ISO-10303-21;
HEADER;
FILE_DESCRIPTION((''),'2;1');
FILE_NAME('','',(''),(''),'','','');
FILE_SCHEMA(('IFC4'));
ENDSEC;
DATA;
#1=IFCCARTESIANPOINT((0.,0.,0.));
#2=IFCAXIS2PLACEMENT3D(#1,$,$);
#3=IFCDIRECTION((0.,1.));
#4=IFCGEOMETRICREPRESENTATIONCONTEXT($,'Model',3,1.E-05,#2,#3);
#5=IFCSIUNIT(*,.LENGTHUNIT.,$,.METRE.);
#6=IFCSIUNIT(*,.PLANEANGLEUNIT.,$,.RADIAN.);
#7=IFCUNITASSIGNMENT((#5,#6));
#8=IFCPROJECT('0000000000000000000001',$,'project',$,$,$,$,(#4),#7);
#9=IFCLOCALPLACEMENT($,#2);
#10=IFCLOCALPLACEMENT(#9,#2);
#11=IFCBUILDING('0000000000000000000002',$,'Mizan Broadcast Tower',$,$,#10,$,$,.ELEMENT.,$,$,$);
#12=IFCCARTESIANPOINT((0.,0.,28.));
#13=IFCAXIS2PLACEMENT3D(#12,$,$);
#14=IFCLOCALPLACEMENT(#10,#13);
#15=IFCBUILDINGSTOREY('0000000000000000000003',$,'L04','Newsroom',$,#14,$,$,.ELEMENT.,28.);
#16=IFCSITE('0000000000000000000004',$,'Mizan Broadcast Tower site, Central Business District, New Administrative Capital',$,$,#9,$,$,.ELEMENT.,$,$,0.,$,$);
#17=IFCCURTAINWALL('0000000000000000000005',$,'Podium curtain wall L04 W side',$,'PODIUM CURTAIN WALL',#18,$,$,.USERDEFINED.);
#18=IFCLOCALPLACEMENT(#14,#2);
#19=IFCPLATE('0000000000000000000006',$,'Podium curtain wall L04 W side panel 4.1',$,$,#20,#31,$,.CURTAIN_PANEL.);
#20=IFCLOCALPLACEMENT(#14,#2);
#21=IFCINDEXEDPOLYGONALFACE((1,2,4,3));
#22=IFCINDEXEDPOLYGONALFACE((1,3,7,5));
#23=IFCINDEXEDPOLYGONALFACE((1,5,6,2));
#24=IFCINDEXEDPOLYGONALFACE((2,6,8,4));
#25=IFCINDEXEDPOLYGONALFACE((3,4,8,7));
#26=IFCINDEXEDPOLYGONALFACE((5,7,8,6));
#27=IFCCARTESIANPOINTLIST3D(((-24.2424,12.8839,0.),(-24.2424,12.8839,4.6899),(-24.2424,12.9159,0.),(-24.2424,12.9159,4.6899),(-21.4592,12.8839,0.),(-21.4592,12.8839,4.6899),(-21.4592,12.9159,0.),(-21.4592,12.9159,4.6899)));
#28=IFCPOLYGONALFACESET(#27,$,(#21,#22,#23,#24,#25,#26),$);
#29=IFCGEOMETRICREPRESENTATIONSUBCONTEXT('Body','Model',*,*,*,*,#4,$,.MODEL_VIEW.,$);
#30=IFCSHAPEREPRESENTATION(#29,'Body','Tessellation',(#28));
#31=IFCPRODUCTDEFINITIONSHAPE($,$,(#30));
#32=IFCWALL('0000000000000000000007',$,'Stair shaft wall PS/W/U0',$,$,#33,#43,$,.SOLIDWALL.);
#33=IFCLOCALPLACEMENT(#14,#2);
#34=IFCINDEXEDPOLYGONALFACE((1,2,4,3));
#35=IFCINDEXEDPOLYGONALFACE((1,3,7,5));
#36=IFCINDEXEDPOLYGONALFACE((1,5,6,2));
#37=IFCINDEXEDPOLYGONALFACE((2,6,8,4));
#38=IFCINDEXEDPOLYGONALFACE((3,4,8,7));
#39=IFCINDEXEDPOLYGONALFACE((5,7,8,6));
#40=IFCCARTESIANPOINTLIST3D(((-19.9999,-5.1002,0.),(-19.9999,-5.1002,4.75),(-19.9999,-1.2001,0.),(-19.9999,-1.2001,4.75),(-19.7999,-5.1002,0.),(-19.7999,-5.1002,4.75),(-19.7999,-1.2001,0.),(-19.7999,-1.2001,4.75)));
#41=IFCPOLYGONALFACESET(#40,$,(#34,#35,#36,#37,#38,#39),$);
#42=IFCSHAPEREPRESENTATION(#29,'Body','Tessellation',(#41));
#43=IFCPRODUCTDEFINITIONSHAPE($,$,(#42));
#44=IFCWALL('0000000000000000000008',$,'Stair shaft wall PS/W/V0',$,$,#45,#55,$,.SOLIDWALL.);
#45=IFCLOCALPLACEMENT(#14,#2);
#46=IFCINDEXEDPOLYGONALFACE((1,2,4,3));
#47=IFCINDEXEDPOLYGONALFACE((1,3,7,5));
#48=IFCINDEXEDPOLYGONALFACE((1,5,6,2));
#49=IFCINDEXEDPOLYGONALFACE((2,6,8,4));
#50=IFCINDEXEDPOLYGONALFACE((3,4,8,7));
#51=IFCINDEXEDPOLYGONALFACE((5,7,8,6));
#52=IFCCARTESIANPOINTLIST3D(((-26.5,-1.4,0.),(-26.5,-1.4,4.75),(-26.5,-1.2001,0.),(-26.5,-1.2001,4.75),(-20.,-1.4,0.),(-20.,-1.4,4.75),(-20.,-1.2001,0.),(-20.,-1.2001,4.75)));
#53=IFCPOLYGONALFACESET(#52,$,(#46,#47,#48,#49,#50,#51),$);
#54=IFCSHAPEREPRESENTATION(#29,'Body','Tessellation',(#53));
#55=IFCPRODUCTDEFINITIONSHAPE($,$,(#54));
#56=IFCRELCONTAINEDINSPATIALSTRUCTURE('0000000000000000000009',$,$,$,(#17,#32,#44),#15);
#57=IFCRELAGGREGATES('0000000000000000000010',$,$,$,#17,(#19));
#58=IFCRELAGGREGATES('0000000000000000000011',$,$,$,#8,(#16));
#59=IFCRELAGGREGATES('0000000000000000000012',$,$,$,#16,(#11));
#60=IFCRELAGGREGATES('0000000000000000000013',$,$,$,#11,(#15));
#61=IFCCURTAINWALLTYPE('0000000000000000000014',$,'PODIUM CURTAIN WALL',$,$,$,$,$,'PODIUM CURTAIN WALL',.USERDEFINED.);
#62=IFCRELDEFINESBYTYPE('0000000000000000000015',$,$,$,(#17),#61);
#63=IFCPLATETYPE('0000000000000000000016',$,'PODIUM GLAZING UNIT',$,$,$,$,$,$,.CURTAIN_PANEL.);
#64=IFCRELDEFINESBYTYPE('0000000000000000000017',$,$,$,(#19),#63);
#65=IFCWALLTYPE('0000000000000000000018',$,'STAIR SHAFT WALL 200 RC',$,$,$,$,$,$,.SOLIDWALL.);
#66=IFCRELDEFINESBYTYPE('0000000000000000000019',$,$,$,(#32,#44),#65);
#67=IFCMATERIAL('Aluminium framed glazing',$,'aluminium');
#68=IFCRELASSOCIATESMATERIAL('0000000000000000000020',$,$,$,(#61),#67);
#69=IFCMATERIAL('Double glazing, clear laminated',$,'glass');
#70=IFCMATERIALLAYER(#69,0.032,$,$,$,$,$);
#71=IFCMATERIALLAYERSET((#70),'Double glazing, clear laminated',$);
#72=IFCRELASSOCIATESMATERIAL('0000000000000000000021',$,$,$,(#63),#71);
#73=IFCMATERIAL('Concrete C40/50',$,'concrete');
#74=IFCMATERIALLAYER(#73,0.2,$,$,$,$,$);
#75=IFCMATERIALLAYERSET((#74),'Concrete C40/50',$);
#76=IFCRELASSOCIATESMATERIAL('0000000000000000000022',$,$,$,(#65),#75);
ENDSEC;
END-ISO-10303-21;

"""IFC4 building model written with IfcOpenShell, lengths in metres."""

from ifc_helpers import new_model, si_unit, direction, frame, frame_2d, origin, origin_2d, place, context, subcontext, project, spatial, rectangle, extrude, material, layer, layer_set, type_object, element, aggregate, save


model = new_model("IFC4")

# Units and contexts
model_context = context("Model", 3, precision=1e-05, world=origin(), true_north=direction((0.0, 1.0)))
body_context = subcontext(model_context, "Body", "Model", "MODEL_VIEW")
ifc_project = project(units=[si_unit("LENGTHUNIT", "METRE"), si_unit("PLANEANGLEUNIT", "RADIAN")], contexts=[model_context])

# Site, building, storey
site_placement = place(None, origin())
site = spatial("IfcSite", under=ifc_project, at=site_placement, Name="Mizan Broadcast Tower site, Central Business District, New Administrative Capital", CompositionType="ELEMENT", RefElevation=0.0)
building_placement = place(site_placement, origin())
building = spatial("IfcBuilding", under=site, at=building_placement, Name="Mizan Broadcast Tower", CompositionType="ELEMENT")
storey_placement = place(building_placement, frame((0.0, 0.0, 28.0)))
storey = spatial("IfcBuildingStorey", under=building, at=storey_placement, Name="L04", Description="Newsroom", CompositionType="ELEMENT", Elevation=28.0)

# Curtain wall
ifc_material_1 = material(Name="Aluminium framed glazing", Category="aluminium")
curtain_wall_type = type_object("IfcCurtainWallType", Name="PODIUM CURTAIN WALL", ElementType="PODIUM CURTAIN WALL", PredefinedType="USERDEFINED", material=ifc_material_1)
curtain_wall_placement = place(storey_placement, origin())
curtain_wall = element("IfcCurtainWall", 1, at=curtain_wall_placement, inside=storey, type_object=curtain_wall_type, Name="Podium curtain wall L04 W side", ObjectType="PODIUM CURTAIN WALL", PredefinedType="USERDEFINED")

# Plate
ifc_material_2 = material(Name="Double glazing, clear laminated", Category="glass")
ifc_layer_1 = layer(ifc_material_2, 0.032)
ifc_layer_set_1 = layer_set([ifc_layer_1], Name="Double glazing, clear laminated")
plate_type = type_object("IfcPlateType", Name="PODIUM GLAZING UNIT", PredefinedType="CURTAIN_PANEL", material=ifc_layer_set_1)
plate_1_placement = place(storey_placement, frame((-22.8508, 12.8999, 0.0), z_axis=(0.0, 0.0, 1.0), x_axis=(-1.0, 0.0, 0.0)))
plate_1 = element("IfcPlate", 2, at=plate_1_placement, type_object=plate_type, Name="Podium curtain wall L04 W side panel 4.1", PredefinedType="CURTAIN_PANEL", context=body_context, shape_type="SweptSolid", body=[
    extrude(rectangle(XDim=2.7832, YDim=0.032, at=origin_2d()), origin(), (0.0, 0.0, 1.0), 4.6899),
])
aggregate(curtain_wall, [plate_1])

# Walls
ifc_material_3 = material(Name="Concrete C40/50", Category="concrete")
ifc_layer_2 = layer(ifc_material_3, 0.2)
ifc_layer_set_2 = layer_set([ifc_layer_2], Name="Concrete C40/50")
wall_type = type_object("IfcWallType", Name="STAIR SHAFT WALL 200 RC", PredefinedType="SOLIDWALL", material=ifc_layer_set_2)
wall_1_placement = place(storey_placement, frame((-19.8999, -1.2, 0.0), z_axis=(0.0, 0.0, 1.0), x_axis=(0.0, -1.0, 0.0)))
element("IfcWall", 3, at=wall_1_placement, inside=storey, type_object=wall_type, Name="Stair shaft wall PS/W/U0", PredefinedType="SOLIDWALL", context=body_context, shape_type="SweptSolid", body=[
    extrude(rectangle(XDim=3.9001, YDim=0.2, at=frame_2d((1.9502, 0.0))), origin(), (0.0, 0.0, 1.0), 4.75),
])
wall_2_placement = place(storey_placement, frame((-20.0, -1.3, 0.0), z_axis=(0.0, 0.0, 1.0), x_axis=(-1.0, 0.0, 0.0)))
element("IfcWall", 4, at=wall_2_placement, inside=storey, type_object=wall_type, Name="Stair shaft wall PS/W/V0", PredefinedType="SOLIDWALL", context=body_context, shape_type="SweptSolid", body=[
    extrude(rectangle(XDim=6.5, YDim=0.2, at=frame_2d((3.25, 0.0))), origin(), (0.0, 0.0, 1.0), 4.75),
])

save(model, "model.ifc")
